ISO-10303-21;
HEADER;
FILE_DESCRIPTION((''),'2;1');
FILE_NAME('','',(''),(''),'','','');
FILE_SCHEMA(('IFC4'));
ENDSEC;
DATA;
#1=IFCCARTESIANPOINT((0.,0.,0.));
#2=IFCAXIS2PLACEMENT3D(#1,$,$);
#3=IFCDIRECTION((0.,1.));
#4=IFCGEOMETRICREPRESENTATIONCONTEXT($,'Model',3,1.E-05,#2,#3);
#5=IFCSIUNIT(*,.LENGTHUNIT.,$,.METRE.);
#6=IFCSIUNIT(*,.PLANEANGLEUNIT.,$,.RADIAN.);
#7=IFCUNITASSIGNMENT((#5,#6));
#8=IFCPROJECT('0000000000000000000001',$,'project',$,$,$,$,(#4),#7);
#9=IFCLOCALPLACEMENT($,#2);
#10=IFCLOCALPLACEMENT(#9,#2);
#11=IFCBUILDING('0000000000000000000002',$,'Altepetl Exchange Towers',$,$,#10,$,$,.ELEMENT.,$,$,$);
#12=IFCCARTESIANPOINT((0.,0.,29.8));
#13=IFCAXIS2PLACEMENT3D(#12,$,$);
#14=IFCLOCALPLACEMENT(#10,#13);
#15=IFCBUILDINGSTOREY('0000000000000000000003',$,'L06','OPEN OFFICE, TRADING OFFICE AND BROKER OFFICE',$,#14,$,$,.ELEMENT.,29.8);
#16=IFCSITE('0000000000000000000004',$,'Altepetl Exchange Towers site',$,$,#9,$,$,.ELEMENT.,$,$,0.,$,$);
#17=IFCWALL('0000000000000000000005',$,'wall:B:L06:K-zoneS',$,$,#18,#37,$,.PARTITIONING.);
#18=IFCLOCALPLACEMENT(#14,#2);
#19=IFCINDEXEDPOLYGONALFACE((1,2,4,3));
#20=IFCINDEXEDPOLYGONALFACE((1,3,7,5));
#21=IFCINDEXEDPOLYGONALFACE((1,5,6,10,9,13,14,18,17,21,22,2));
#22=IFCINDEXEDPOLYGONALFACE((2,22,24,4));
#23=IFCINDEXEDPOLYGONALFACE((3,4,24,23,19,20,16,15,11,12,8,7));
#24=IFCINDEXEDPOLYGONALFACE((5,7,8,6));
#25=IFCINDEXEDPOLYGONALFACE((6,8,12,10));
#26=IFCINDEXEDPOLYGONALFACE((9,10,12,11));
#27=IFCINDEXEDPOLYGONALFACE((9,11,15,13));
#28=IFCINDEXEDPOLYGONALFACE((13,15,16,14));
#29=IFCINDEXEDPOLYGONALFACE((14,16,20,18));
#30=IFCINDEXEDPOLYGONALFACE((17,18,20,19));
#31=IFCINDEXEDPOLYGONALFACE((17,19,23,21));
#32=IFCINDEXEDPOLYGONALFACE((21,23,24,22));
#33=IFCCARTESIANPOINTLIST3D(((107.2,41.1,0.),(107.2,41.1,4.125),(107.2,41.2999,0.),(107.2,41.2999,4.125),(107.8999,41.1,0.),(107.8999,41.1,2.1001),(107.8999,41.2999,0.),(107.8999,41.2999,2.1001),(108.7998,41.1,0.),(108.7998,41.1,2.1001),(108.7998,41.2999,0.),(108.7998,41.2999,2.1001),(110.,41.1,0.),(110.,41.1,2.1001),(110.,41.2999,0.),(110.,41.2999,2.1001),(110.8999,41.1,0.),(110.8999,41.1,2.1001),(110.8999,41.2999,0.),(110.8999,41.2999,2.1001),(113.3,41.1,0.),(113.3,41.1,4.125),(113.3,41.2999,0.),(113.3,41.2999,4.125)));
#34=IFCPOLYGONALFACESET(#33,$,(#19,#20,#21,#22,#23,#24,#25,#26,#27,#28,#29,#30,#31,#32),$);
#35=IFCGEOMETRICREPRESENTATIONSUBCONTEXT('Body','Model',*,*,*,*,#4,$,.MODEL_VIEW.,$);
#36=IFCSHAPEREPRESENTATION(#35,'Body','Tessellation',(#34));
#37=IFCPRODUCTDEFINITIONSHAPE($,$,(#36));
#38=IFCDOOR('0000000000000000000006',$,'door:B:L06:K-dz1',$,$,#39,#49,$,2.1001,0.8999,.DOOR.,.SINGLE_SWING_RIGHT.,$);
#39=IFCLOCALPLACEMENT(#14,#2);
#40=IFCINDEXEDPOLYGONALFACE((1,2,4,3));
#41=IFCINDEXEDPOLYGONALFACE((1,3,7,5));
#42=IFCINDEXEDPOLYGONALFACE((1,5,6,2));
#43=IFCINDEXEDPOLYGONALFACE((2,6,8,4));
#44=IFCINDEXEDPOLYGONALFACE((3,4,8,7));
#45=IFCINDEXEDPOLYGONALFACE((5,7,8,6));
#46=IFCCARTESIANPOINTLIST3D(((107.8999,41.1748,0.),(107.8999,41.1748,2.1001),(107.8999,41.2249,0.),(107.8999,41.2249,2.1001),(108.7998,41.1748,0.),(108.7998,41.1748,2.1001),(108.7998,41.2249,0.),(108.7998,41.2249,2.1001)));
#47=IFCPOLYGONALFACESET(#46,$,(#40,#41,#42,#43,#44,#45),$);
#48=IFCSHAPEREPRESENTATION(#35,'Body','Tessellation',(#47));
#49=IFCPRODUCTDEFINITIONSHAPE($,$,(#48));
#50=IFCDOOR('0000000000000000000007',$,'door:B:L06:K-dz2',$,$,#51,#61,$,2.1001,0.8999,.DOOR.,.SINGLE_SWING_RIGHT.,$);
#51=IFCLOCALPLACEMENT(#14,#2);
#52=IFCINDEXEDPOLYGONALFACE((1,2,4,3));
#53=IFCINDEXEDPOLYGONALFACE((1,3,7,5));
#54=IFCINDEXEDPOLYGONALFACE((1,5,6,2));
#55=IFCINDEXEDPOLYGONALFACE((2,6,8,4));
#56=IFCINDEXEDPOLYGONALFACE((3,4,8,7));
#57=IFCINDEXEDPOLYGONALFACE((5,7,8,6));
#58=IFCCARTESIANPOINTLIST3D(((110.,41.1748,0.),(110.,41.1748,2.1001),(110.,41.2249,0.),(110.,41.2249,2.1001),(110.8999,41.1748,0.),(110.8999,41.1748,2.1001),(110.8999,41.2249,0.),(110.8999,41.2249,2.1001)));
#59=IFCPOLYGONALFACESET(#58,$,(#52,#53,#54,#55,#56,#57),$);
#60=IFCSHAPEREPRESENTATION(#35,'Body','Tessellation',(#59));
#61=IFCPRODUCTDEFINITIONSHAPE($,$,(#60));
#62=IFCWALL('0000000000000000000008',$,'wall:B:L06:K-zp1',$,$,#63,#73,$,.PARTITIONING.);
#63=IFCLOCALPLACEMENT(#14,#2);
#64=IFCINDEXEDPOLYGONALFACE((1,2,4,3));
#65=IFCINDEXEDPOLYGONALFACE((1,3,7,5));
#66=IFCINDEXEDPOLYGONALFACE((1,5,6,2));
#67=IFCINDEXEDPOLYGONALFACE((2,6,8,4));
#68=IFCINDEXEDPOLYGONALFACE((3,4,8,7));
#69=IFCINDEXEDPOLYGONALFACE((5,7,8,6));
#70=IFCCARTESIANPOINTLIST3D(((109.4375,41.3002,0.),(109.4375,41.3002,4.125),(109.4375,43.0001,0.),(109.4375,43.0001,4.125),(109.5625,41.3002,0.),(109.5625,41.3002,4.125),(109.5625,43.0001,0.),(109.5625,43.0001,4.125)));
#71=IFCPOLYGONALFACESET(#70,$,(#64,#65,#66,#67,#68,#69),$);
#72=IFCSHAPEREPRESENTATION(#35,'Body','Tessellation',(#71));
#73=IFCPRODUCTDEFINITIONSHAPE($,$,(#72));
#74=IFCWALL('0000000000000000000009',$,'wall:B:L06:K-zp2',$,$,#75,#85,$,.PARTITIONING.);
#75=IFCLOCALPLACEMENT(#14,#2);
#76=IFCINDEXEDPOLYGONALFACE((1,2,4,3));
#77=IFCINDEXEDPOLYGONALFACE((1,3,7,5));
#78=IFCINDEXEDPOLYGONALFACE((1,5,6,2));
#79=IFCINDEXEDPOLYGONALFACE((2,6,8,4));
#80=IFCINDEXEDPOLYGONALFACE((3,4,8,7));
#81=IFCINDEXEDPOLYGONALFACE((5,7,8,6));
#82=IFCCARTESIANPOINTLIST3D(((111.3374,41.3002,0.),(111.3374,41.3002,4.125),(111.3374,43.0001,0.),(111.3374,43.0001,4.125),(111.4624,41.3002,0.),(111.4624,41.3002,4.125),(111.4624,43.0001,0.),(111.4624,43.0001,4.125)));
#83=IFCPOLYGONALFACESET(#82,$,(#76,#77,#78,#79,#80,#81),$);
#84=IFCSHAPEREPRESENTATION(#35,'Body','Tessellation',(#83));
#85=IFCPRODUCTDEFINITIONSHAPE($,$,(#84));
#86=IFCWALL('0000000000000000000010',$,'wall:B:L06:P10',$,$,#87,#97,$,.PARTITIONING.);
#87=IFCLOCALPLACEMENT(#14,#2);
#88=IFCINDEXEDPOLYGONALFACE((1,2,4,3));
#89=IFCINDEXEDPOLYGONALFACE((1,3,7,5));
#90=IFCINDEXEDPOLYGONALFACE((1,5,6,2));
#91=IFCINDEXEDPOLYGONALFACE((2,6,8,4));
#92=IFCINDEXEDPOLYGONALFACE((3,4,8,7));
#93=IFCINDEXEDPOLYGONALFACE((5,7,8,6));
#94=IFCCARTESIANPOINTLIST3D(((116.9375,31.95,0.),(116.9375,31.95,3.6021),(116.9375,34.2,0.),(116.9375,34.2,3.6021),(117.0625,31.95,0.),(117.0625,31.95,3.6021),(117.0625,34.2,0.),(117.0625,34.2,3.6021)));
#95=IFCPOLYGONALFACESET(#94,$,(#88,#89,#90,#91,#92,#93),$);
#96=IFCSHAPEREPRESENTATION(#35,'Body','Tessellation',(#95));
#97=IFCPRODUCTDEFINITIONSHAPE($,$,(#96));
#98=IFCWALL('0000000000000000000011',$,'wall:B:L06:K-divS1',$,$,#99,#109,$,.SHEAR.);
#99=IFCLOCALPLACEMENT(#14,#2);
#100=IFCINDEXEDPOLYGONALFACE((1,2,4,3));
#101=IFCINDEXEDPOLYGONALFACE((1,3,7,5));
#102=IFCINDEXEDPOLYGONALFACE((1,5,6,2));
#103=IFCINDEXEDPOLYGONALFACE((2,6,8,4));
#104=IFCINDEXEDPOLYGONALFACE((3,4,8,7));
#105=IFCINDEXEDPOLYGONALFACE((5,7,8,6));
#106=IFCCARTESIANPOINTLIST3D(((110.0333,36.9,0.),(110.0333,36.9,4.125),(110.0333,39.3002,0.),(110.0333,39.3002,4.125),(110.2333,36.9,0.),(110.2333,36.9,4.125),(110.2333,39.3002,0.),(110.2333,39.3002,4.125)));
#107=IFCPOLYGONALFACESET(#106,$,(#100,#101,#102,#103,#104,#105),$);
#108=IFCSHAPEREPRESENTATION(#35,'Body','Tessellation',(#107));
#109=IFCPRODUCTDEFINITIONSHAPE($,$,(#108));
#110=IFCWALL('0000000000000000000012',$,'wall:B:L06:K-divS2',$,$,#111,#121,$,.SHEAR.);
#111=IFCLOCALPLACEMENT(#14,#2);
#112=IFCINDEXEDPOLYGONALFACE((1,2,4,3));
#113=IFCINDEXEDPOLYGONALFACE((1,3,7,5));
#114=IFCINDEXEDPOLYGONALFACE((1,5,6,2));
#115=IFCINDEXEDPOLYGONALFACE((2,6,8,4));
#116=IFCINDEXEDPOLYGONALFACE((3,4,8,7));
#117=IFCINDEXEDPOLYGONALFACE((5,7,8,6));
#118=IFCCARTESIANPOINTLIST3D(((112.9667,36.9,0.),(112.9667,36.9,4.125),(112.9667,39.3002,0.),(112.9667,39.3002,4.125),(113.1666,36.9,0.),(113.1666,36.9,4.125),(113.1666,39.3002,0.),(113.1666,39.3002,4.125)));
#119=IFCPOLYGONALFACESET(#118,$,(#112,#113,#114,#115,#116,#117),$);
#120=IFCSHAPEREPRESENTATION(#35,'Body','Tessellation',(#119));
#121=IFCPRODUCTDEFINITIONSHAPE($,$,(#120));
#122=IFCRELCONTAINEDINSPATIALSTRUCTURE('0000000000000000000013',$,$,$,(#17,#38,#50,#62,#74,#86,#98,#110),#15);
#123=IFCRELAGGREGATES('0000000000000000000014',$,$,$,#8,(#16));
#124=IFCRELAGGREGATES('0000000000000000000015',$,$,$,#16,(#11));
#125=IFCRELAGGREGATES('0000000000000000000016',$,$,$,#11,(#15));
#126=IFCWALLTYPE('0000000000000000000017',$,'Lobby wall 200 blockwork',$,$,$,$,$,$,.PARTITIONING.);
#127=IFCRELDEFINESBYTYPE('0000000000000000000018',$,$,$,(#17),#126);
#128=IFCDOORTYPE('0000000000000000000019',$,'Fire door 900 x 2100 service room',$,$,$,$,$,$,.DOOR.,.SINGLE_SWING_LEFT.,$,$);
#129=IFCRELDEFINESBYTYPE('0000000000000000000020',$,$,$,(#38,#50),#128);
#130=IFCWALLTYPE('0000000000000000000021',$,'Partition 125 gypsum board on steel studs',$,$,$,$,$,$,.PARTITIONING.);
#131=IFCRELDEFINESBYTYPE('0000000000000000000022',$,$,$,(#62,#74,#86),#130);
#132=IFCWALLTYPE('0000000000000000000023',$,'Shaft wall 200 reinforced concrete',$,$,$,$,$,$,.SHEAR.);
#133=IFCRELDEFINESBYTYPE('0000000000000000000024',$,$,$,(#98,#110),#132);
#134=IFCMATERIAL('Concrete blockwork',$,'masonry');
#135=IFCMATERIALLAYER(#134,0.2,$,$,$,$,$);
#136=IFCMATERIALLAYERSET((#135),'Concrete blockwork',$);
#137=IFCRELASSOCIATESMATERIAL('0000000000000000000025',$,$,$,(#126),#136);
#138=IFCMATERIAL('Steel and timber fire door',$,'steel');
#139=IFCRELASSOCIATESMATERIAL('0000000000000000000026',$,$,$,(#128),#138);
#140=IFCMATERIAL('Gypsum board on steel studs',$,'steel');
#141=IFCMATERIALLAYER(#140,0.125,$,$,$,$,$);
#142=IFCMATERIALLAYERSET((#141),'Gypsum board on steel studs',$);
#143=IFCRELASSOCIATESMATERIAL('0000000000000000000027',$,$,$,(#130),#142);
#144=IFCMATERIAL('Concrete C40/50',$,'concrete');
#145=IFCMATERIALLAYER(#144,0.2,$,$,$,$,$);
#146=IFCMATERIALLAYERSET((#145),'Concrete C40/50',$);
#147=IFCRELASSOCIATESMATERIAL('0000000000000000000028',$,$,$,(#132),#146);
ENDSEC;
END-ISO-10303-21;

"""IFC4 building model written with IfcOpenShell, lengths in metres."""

from ifc_helpers import new_model, si_unit, direction, frame, frame_2d, origin, place, context, subcontext, project, spatial, rectangle, extrude, material, layer, layer_set, type_object, element, fill, save


model = new_model("IFC4")

# Units and contexts
model_context = context("Model", 3, precision=1e-05, world=origin(), true_north=direction((0.0, 1.0)))
body_context = subcontext(model_context, "Body", "Model", "MODEL_VIEW")
ifc_project = project(units=[si_unit("LENGTHUNIT", "METRE"), si_unit("PLANEANGLEUNIT", "RADIAN")], contexts=[model_context])

# Site, building, storey
site_placement = place(None, origin())
site = spatial("IfcSite", under=ifc_project, at=site_placement, Name="Altepetl Exchange Towers site", CompositionType="ELEMENT", RefElevation=0.0)
building_placement = place(site_placement, origin())
building = spatial("IfcBuilding", under=site, at=building_placement, Name="Altepetl Exchange Towers", CompositionType="ELEMENT")
storey_placement = place(building_placement, frame((0.0, 0.0, 29.8)))
storey = spatial("IfcBuildingStorey", under=building, at=storey_placement, Name="L06", Description="OPEN OFFICE, TRADING OFFICE AND BROKER OFFICE", CompositionType="ELEMENT", Elevation=29.8)

# Shared definitions
ifc_material_1 = material(Name="Steel and timber fire door", Category="steel")

# Wall, openings, doors
ifc_material_2 = material(Name="Concrete blockwork", Category="masonry")
ifc_layer_1 = layer(ifc_material_2, 0.2)
ifc_layer_set_1 = layer_set([ifc_layer_1], Name="Concrete blockwork")
wall_type_1 = type_object("IfcWallType", Name="Lobby wall 200 blockwork", PredefinedType="PARTITIONING", material=ifc_layer_set_1)
wall_1_placement = place(storey_placement, frame((107.2, 41.2, 0.0)))
wall_1 = element("IfcWall", 1, at=wall_1_placement, inside=storey, type_object=wall_type_1, Name="wall:B:L06:K-zoneS", PredefinedType="PARTITIONING", context=body_context, shape_type="SweptSolid", body=[
    extrude(rectangle(XDim=6.1001, YDim=0.2, at=frame_2d((3.05, 0.0))), origin(), (0.0, 0.0, 1.0), 4.125),
])
opening_1_placement = place(wall_1_placement, frame((0.7, 0.0, 0.0)))
opening_1 = element("IfcOpeningElement", 2, at=opening_1_placement, cuts=wall_1, PredefinedType="OPENING", context=body_context, shape_type="SweptSolid", body=[
    extrude(rectangle(XDim=0.8999, YDim=2.1001, at=frame_2d((0.45, 1.05))), frame((0.0, 0.1099, 0.0), z_axis=(0.0, -1.0, 0.0), x_axis=(1.0, 0.0, 0.0)), (0.0, 0.0, 1.0), 0.22),
])
opening_2_placement = place(wall_1_placement, frame((2.8, 0.0, 0.0)))
opening_2 = element("IfcOpeningElement", 3, at=opening_2_placement, cuts=wall_1, PredefinedType="OPENING", context=body_context, shape_type="SweptSolid", body=[
    extrude(rectangle(XDim=0.8999, YDim=2.1001, at=frame_2d((0.45, 1.05))), frame((0.0, 0.1099, 0.0), z_axis=(0.0, -1.0, 0.0), x_axis=(1.0, 0.0, 0.0)), (0.0, 0.0, 1.0), 0.22),
])
door_type_1 = type_object("IfcDoorType", Name="Fire door 900 x 2100 service room", OperationType="SINGLE_SWING_LEFT", PredefinedType="DOOR", material=ifc_material_1)
door_1_placement = place(opening_1_placement, origin())
door_1 = element("IfcDoor", 4, at=door_1_placement, inside=storey, type_object=door_type_1, Name="door:B:L06:K-dz1", OperationType="SINGLE_SWING_RIGHT", OverallHeight=2.1001, OverallWidth=0.8999, PredefinedType="DOOR", context=body_context, shape_type="SweptSolid", body=[
    extrude(rectangle(XDim=0.8999, YDim=2.1001, at=frame_2d((0.45, 1.05))), frame((0.0, 0.0249, 0.0), z_axis=(0.0, -1.0, 0.0), x_axis=(1.0, 0.0, 0.0)), (0.0, 0.0, 1.0), 0.05),
])
fill(opening_1, door_1)
door_2_placement = place(opening_2_placement, origin())
door_2 = element("IfcDoor", 5, at=door_2_placement, inside=storey, type_object=door_type_1, Name="door:B:L06:K-dz2", OperationType="SINGLE_SWING_RIGHT", OverallHeight=2.1001, OverallWidth=0.8999, PredefinedType="DOOR", context=body_context, shape_type="SweptSolid", body=[
    extrude(rectangle(XDim=0.8999, YDim=2.1001, at=frame_2d((0.45, 1.05))), frame((0.0, 0.0249, 0.0), z_axis=(0.0, -1.0, 0.0), x_axis=(1.0, 0.0, 0.0)), (0.0, 0.0, 1.0), 0.05),
])
fill(opening_2, door_2)

# Walls
ifc_material_3 = material(Name="Gypsum board on steel studs", Category="steel")
ifc_layer_2 = layer(ifc_material_3, 0.125)
ifc_layer_set_2 = layer_set([ifc_layer_2], Name="Gypsum board on steel studs")
wall_type_2 = type_object("IfcWallType", Name="Partition 125 gypsum board on steel studs", PredefinedType="PARTITIONING", material=ifc_layer_set_2)
for number, where, z_axis, x_axis, name in (
    (6, (109.5, 41.3, 0.0), (0.0, 0.0, 1.0), (0.0, 1.0, 0.0), "wall:B:L06:K-zp1"),
    (7, (111.3999, 41.3, 0.0), (0.0, 0.0, 1.0), (0.0, 1.0, 0.0), "wall:B:L06:K-zp2"),
):
    element("IfcWall", number, at=place(storey_placement, frame(where, z_axis=z_axis, x_axis=x_axis)), inside=storey, type_object=wall_type_2, Name=name, PredefinedType="PARTITIONING", context=body_context, shape_type="SweptSolid", body=[
        extrude(rectangle(XDim=1.7, YDim=0.125, at=frame_2d((0.8501, 0.0))), origin(), (0.0, 0.0, 1.0), 4.125),
    ])
wall_2_placement = place(storey_placement, frame((117.0, 31.95, 0.0), z_axis=(0.0, 0.0, 1.0), x_axis=(0.0, 1.0, 0.0)))
element("IfcWall", 8, at=wall_2_placement, inside=storey, type_object=wall_type_2, Name="wall:B:L06:P10", PredefinedType="PARTITIONING", context=body_context, shape_type="SweptSolid", body=[
    extrude(rectangle(XDim=2.25, YDim=0.125, at=frame_2d((1.125, 0.0))), origin(), (0.0, 0.0, 1.0), 3.6021),
])
ifc_material_4 = material(Name="Concrete C40/50", Category="concrete")
ifc_layer_3 = layer(ifc_material_4, 0.2)
ifc_layer_set_3 = layer_set([ifc_layer_3], Name="Concrete C40/50")
wall_type_3 = type_object("IfcWallType", Name="Shaft wall 200 reinforced concrete", PredefinedType="SHEAR", material=ifc_layer_set_3)
for number, where, z_axis, x_axis, name in (
    (9, (110.1333, 36.8999, 0.0), (0.0, 0.0, 1.0), (0.0, 1.0, 0.0), "wall:B:L06:K-divS1"),
    (10, (113.0667, 36.8999, 0.0), (0.0, 0.0, 1.0), (0.0, 1.0, 0.0), "wall:B:L06:K-divS2"),
):
    element("IfcWall", number, at=place(storey_placement, frame(where, z_axis=z_axis, x_axis=x_axis)), inside=storey, type_object=wall_type_3, Name=name, PredefinedType="SHEAR", context=body_context, shape_type="SweptSolid", body=[
        extrude(rectangle(XDim=2.4001, YDim=0.2, at=frame_2d((1.2002, 0.0))), origin(), (0.0, 0.0, 1.0), 4.125),
    ])

save(model, "model.ifc")
